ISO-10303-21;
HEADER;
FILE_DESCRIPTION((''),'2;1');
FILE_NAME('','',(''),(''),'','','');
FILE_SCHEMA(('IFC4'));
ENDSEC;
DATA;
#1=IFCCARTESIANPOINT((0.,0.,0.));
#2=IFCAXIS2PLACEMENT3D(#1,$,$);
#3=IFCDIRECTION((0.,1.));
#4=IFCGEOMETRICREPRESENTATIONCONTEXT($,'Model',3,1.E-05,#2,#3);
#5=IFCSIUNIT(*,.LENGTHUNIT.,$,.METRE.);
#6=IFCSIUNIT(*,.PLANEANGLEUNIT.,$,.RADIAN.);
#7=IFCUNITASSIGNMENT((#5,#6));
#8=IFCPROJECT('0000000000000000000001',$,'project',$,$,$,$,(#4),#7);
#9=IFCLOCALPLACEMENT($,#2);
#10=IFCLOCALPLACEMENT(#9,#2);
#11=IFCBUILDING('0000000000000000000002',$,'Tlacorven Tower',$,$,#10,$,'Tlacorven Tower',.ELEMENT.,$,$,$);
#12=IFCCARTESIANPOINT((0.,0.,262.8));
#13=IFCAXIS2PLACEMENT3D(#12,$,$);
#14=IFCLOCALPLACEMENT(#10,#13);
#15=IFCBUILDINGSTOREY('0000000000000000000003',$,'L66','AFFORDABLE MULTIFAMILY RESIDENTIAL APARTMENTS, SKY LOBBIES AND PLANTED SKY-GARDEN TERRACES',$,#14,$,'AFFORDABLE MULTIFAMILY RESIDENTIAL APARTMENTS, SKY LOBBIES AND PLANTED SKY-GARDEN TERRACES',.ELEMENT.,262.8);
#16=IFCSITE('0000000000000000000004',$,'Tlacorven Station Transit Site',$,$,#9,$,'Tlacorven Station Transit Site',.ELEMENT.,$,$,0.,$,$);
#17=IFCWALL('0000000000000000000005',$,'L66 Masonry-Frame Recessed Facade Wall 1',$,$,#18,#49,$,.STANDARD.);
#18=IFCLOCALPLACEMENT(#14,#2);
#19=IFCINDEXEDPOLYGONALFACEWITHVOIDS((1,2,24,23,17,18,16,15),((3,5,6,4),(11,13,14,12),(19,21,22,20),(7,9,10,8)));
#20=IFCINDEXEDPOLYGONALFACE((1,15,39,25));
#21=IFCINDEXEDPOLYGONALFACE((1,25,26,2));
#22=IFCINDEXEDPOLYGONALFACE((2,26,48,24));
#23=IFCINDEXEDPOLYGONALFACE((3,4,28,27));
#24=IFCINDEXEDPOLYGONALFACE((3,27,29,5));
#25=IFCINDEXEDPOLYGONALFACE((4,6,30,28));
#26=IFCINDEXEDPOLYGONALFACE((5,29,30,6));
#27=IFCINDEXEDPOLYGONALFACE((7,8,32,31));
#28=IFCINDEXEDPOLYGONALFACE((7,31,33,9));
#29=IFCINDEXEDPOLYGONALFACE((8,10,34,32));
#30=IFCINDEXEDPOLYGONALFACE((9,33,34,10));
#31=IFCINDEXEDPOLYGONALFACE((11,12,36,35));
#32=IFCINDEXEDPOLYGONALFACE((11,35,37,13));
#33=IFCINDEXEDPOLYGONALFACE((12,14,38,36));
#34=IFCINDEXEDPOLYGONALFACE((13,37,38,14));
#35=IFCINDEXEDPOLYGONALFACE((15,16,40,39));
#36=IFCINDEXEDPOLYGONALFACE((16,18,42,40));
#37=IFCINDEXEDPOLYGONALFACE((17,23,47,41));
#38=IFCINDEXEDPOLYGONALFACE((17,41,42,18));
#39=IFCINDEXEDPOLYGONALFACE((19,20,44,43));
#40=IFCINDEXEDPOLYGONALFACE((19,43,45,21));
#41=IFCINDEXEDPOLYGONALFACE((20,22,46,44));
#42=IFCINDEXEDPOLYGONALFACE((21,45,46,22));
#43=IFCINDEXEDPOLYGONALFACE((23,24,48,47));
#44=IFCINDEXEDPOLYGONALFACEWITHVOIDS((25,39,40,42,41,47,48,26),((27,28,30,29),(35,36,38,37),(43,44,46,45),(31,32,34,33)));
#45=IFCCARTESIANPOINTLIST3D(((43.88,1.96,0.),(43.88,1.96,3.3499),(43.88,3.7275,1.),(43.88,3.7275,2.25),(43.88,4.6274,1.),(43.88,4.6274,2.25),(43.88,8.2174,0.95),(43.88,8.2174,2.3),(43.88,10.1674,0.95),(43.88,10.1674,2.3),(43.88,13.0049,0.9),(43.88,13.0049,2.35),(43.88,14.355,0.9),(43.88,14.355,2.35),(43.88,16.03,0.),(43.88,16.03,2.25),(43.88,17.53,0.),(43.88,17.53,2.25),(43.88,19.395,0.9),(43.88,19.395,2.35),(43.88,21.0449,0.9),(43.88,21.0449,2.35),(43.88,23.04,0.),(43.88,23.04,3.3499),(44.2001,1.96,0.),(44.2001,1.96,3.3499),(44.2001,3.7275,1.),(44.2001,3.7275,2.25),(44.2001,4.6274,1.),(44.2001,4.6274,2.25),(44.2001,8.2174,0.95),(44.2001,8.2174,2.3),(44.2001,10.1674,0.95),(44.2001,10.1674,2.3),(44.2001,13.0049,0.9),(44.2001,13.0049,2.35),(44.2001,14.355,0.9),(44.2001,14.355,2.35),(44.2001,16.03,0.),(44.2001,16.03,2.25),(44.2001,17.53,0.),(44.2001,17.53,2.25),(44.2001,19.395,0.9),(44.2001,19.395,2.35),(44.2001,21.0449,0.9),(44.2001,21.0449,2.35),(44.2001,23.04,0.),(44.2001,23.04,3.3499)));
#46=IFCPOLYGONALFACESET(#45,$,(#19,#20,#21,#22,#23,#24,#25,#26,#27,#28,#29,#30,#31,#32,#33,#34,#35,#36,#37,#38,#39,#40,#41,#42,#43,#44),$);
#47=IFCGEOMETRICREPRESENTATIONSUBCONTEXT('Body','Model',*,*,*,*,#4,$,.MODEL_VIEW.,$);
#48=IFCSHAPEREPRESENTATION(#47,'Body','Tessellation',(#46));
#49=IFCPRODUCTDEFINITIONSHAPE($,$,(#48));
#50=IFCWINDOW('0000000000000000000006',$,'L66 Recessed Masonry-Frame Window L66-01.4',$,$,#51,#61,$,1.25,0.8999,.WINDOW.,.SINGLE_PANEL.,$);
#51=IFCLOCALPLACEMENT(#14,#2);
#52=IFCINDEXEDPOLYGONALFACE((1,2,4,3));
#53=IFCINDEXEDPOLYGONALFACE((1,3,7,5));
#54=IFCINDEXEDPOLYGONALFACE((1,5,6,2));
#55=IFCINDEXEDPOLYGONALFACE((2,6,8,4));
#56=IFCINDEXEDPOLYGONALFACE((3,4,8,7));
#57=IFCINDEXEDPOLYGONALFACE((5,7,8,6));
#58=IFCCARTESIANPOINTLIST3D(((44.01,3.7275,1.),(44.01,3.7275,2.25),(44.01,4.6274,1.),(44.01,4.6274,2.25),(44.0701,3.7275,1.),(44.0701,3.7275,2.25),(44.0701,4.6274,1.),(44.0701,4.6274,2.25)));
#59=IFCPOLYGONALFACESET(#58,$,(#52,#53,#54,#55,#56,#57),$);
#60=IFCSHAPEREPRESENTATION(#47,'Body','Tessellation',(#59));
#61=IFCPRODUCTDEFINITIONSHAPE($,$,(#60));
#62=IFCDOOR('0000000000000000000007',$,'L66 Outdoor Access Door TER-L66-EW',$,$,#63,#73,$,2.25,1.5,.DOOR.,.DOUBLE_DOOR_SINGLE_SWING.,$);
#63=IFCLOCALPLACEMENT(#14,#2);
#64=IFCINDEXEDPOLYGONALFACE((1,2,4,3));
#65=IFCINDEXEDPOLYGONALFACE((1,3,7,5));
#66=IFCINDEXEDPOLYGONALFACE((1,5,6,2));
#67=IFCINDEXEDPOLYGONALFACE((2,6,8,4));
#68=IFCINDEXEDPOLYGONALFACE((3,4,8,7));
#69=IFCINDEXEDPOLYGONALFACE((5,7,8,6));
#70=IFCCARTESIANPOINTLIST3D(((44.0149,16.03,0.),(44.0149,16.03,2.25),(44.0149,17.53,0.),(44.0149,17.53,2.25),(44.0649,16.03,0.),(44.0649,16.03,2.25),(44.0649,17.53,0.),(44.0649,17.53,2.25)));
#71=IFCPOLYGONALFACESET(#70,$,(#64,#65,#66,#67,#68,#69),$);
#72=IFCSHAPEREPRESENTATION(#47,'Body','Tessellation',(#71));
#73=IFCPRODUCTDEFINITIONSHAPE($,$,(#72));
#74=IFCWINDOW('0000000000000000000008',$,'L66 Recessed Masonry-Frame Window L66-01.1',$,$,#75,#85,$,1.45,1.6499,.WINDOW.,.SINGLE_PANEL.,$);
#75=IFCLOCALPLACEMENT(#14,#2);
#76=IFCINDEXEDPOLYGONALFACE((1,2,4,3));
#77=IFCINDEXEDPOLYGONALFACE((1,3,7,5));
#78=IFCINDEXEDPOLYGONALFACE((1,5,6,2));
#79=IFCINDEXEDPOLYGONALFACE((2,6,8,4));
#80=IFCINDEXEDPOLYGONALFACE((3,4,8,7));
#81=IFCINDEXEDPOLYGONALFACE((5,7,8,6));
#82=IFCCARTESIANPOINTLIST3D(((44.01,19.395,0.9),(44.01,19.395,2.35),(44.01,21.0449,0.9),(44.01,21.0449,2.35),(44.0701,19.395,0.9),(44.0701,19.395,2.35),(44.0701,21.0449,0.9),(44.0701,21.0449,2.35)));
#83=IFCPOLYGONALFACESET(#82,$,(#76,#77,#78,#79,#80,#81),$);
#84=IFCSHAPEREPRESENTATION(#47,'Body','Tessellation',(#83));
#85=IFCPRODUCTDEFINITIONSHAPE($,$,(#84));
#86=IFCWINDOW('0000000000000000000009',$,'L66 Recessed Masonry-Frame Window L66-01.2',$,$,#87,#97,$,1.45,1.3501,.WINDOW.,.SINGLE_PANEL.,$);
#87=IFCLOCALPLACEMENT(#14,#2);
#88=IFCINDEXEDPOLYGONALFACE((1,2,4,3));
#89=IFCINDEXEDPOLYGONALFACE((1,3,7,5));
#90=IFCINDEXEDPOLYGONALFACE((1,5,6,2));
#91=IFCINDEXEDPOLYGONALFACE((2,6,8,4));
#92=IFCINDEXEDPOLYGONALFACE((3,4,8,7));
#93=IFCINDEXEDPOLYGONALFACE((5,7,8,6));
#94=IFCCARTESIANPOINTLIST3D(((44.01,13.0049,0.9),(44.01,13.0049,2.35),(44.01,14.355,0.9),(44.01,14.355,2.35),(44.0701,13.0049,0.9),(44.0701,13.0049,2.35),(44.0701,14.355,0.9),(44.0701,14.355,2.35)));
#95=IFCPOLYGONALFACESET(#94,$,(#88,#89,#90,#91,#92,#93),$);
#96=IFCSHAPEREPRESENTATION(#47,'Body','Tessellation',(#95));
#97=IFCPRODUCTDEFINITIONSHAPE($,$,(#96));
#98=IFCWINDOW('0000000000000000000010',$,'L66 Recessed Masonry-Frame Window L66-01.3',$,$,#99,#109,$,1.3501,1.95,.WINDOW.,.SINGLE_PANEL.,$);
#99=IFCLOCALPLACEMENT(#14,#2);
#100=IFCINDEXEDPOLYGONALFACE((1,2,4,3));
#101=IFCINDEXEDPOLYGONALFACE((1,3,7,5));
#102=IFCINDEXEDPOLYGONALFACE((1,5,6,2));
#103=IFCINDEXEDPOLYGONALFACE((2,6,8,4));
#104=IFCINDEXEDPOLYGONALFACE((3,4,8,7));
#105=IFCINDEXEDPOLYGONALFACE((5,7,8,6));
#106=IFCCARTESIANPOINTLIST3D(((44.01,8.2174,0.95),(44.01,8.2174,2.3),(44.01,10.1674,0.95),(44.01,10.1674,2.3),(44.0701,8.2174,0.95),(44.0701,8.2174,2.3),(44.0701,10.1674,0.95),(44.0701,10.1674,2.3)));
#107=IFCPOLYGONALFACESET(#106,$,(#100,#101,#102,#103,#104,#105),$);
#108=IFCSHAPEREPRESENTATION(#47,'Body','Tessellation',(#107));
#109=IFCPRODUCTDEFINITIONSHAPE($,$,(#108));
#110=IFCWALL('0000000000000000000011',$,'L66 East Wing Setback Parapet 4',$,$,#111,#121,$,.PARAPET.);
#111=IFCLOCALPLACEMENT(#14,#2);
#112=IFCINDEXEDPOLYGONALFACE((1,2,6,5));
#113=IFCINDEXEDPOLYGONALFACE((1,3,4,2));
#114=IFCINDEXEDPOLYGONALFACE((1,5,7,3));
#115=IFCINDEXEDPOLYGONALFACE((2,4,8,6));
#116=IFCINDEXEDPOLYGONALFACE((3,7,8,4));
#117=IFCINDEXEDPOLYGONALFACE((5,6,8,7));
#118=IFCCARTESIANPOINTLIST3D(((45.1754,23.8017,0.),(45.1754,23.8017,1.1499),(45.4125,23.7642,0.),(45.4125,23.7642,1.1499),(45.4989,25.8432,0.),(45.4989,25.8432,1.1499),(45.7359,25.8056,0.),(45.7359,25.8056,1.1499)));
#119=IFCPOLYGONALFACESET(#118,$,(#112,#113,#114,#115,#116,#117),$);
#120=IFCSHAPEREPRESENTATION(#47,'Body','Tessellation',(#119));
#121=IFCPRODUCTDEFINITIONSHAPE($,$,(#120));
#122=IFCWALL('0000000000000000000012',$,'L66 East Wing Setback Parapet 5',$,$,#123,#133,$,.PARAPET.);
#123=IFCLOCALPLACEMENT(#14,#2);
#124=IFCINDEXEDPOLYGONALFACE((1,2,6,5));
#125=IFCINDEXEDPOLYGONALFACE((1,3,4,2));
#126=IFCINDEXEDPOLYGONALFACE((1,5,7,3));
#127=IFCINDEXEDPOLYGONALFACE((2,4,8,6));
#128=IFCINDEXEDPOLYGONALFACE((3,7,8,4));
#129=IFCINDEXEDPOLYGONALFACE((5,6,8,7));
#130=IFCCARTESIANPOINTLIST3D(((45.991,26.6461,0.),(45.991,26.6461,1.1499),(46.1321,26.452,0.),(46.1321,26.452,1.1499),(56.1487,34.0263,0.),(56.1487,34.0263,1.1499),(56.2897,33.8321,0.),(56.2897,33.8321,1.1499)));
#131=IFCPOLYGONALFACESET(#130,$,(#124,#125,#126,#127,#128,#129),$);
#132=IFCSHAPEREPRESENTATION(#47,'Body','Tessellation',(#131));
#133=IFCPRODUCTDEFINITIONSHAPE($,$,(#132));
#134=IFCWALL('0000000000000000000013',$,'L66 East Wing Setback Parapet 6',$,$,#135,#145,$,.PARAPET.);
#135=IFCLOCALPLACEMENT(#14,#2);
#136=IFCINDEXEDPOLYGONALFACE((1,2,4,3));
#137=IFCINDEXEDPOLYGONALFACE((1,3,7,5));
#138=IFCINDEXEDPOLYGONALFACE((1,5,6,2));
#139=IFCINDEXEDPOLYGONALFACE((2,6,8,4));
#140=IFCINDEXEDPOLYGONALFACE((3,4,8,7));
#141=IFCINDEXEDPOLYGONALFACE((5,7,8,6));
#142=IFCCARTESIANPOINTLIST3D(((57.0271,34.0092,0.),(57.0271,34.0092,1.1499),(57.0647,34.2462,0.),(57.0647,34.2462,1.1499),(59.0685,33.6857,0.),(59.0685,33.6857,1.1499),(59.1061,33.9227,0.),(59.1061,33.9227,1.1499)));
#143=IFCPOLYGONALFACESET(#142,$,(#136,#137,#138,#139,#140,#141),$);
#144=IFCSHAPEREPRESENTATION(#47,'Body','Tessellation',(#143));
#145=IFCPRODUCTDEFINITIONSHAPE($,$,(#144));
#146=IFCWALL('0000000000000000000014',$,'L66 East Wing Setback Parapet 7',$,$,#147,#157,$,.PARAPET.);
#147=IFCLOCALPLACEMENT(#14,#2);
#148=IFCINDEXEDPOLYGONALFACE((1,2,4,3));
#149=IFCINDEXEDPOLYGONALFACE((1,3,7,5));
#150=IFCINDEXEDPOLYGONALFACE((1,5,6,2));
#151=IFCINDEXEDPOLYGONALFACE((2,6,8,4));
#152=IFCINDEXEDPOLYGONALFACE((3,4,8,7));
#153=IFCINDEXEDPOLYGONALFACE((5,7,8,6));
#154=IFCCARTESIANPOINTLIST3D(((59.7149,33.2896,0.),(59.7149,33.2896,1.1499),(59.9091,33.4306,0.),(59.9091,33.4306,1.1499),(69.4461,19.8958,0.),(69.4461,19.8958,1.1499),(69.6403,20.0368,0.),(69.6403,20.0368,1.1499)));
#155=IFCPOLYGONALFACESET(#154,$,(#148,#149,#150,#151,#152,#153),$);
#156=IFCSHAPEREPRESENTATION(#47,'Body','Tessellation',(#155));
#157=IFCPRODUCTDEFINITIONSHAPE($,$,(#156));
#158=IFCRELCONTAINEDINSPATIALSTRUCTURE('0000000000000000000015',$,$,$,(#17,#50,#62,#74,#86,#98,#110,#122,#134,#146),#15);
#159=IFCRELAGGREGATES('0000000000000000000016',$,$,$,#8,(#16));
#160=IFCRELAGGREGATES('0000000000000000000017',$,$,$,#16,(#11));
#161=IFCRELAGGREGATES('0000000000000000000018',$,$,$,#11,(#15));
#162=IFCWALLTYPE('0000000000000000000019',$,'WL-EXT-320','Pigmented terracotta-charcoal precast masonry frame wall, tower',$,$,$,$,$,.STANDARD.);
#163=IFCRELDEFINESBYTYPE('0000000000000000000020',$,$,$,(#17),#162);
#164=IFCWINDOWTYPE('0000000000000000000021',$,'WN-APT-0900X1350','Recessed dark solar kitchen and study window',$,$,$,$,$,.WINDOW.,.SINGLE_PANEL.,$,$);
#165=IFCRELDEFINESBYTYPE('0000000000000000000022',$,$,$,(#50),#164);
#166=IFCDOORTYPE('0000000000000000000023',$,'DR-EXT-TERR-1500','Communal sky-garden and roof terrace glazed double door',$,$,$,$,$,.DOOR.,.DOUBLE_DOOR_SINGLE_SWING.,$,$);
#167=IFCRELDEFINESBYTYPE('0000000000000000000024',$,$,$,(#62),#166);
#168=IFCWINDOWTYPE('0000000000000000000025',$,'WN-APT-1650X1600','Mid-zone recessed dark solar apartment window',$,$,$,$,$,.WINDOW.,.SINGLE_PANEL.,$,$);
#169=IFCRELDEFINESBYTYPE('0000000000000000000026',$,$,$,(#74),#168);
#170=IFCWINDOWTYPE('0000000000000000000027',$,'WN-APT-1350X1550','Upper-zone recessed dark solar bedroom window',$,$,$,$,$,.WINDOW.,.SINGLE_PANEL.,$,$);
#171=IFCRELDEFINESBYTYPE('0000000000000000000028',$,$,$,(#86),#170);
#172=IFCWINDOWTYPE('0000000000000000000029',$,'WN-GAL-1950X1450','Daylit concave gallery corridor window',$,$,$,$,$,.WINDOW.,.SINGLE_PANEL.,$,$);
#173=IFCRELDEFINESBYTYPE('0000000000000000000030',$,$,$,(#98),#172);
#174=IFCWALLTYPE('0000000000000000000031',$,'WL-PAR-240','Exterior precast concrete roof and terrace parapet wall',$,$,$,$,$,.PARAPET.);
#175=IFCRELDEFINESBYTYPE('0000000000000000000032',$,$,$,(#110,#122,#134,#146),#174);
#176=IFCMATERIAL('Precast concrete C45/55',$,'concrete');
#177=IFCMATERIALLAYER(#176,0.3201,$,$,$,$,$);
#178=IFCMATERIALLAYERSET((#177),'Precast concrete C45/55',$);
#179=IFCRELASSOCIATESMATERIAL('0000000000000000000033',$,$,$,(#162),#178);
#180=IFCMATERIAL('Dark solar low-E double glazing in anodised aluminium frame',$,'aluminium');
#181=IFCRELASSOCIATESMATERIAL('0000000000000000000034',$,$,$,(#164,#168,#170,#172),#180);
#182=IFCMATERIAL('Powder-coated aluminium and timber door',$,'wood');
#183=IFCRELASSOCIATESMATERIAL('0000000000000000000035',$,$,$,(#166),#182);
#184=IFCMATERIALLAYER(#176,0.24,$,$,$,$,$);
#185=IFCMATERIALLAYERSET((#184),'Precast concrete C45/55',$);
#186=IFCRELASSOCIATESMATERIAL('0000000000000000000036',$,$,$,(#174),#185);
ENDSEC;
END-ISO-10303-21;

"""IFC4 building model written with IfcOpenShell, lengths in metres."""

from ifc_helpers import new_model, si_unit, direction, frame, frame_2d, origin, place, context, subcontext, project, spatial, rectangle, extrude, source, transform, mapped, material, layer, layer_set, type_object, element, fill, save


model = new_model("IFC4")

# Units and contexts
model_context = context("Model", 3, precision=1e-05, world=origin(), true_north=direction((0.0, 1.0)))
body_context = subcontext(model_context, "Body", "Model", "MODEL_VIEW")
ifc_project = project(units=[si_unit("LENGTHUNIT", "METRE"), si_unit("PLANEANGLEUNIT", "RADIAN")], contexts=[model_context])

# Site, building, storey
site_placement = place(None, origin())
site = spatial("IfcSite", under=ifc_project, at=site_placement, Name="Tlacorven Station Transit Site", LongName="Tlacorven Station Transit Site", CompositionType="ELEMENT", RefElevation=0.0)
building_placement = place(site_placement, origin())
building = spatial("IfcBuilding", under=site, at=building_placement, Name="Tlacorven Tower", LongName="Tlacorven Tower", CompositionType="ELEMENT")
storey_placement = place(building_placement, frame((0.0, 0.0, 262.8)))
storey = spatial("IfcBuildingStorey", under=building, at=storey_placement, Name="L66", Description="AFFORDABLE MULTIFAMILY RESIDENTIAL APARTMENTS, SKY LOBBIES AND PLANTED SKY-GARDEN TERRACES", LongName="AFFORDABLE MULTIFAMILY RESIDENTIAL APARTMENTS, SKY LOBBIES AND PLANTED SKY-GARDEN TERRACES", CompositionType="ELEMENT", Elevation=262.8)

# Wall, openings, windows, door
ifc_material_1 = material(Name="Precast concrete C45/55", Category="concrete")
ifc_layer_1 = layer(ifc_material_1, 0.3201)
ifc_layer_set_1 = layer_set([ifc_layer_1], Name="Precast concrete C45/55")
wall_type_1 = type_object("IfcWallType", Name="WL-EXT-320", Description="Pigmented terracotta-charcoal precast masonry frame wall, tower", PredefinedType="STANDARD", material=ifc_layer_set_1)
wall_1_placement = place(storey_placement, frame((44.04, 23.04, 0.0), z_axis=(0.0, 0.0, 1.0), x_axis=(0.0, -1.0, 0.0)))
wall_1 = element("IfcWall", 1, at=wall_1_placement, inside=storey, type_object=wall_type_1, Name="L66 Masonry-Frame Recessed Facade Wall 1", PredefinedType="STANDARD", context=body_context, shape_type="SweptSolid", body=[
    extrude(rectangle(XDim=21.0801, YDim=0.3201, at=frame_2d((10.54, 0.0))), origin(), (0.0, 0.0, 1.0), 3.3499),
])
opening_1_placement = place(wall_1_placement, frame((5.51, 0.0, 0.0)))
opening_1 = element("IfcOpeningElement", 2, at=opening_1_placement, cuts=wall_1, PredefinedType="OPENING", context=body_context, shape_type="SweptSolid", body=[
    extrude(rectangle(XDim=1.5, YDim=2.25, at=frame_2d((0.75, 1.125))), frame((0.0, 0.1699, 0.0), z_axis=(0.0, -1.0, 0.0), x_axis=(1.0, 0.0, 0.0)), (0.0, 0.0, 1.0), 0.3401),
])
opening_2_placement = place(wall_1_placement, frame((1.9951, 0.0, 0.8999)))
opening_2 = element("IfcOpeningElement", 3, at=opening_2_placement, cuts=wall_1, PredefinedType="OPENING", context=body_context, shape_type="SweptSolid", body=[
    extrude(rectangle(XDim=1.6499, YDim=1.45, at=frame_2d((0.825, 0.7251))), frame((0.0, 0.1699, 0.0), z_axis=(0.0, -1.0, 0.0), x_axis=(1.0, 0.0, 0.0)), (0.0, 0.0, 1.0), 0.3401),
])
opening_3_placement = place(wall_1_placement, frame((8.6851, 0.0, 0.8999)))
opening_3 = element("IfcOpeningElement", 4, at=opening_3_placement, cuts=wall_1, PredefinedType="OPENING", context=body_context, shape_type="SweptSolid", body=[
    extrude(rectangle(XDim=1.3501, YDim=1.45, at=frame_2d((0.675, 0.7251))), frame((0.0, 0.1699, 0.0), z_axis=(0.0, -1.0, 0.0), x_axis=(1.0, 0.0, 0.0)), (0.0, 0.0, 1.0), 0.3401),
])
opening_4_placement = place(wall_1_placement, frame((12.8726, 0.0, 0.95)))
opening_4 = element("IfcOpeningElement", 5, at=opening_4_placement, cuts=wall_1, PredefinedType="OPENING", context=body_context, shape_type="SweptSolid", body=[
    extrude(rectangle(XDim=1.95, YDim=1.3501, at=frame_2d((0.9751, 0.675))), frame((0.0, 0.1699, 0.0), z_axis=(0.0, -1.0, 0.0), x_axis=(1.0, 0.0, 0.0)), (0.0, 0.0, 1.0), 0.3401),
])
opening_5_placement = place(wall_1_placement, frame((18.4126, 0.0, 1.0)))
opening_5 = element("IfcOpeningElement", 6, at=opening_5_placement, cuts=wall_1, PredefinedType="OPENING", context=body_context, shape_type="SweptSolid", body=[
    extrude(rectangle(XDim=0.8999, YDim=1.25, at=frame_2d((0.45, 0.625))), frame((0.0, 0.1699, 0.0), z_axis=(0.0, -1.0, 0.0), x_axis=(1.0, 0.0, 0.0)), (0.0, 0.0, 1.0), 0.3401),
])
ifc_material_2 = material(Name="Dark solar low-E double glazing in anodised aluminium frame", Category="aluminium")
window_type_1 = type_object("IfcWindowType", Name="WN-APT-0900X1350", Description="Recessed dark solar kitchen and study window", PartitioningType="SINGLE_PANEL", PredefinedType="WINDOW", material=ifc_material_2)
shared_shape_1 = source(origin(), body_context, "Body", "SweptSolid", [
    extrude(rectangle(XDim=0.8999, YDim=1.25, at=frame_2d((0.45, 0.625))), frame((0.0, 0.03, 0.0), z_axis=(0.0, -1.0, 0.0), x_axis=(1.0, 0.0, 0.0)), (0.0, 0.0, 1.0), 0.0601),
])
window_1_placement = place(opening_5_placement, origin())
window_1 = element("IfcWindow", 7, at=window_1_placement, inside=storey, type_object=window_type_1, Name="L66 Recessed Masonry-Frame Window L66-01.4", OverallHeight=1.25, OverallWidth=0.8999, PartitioningType="SINGLE_PANEL", PredefinedType="WINDOW", context=body_context, shape_type="MappedRepresentation", body=[
    mapped(shared_shape_1, transform((0.0, 0.0, 0.0), scale=1.0)),
])
fill(opening_5, window_1)
ifc_material_3 = material(Name="Powder-coated aluminium and timber door", Category="wood")
door_type = type_object("IfcDoorType", Name="DR-EXT-TERR-1500", Description="Communal sky-garden and roof terrace glazed double door", OperationType="DOUBLE_DOOR_SINGLE_SWING", PredefinedType="DOOR", material=ifc_material_3)
shared_shape_2 = source(origin(), body_context, "Body", "SweptSolid", [
    extrude(rectangle(XDim=1.5, YDim=2.25, at=frame_2d((0.75, 1.125))), frame((0.0, 0.0249, 0.0), z_axis=(0.0, -1.0, 0.0), x_axis=(1.0, 0.0, 0.0)), (0.0, 0.0, 1.0), 0.05),
])
door_placement = place(opening_1_placement, origin())
door = element("IfcDoor", 8, at=door_placement, inside=storey, type_object=door_type, Name="L66 Outdoor Access Door TER-L66-EW", OperationType="DOUBLE_DOOR_SINGLE_SWING", OverallHeight=2.25, OverallWidth=1.5, PredefinedType="DOOR", context=body_context, shape_type="MappedRepresentation", body=[
    mapped(shared_shape_2, transform((0.0, 0.0, 0.0), scale=1.0)),
])
fill(opening_1, door)
window_type_2 = type_object("IfcWindowType", Name="WN-APT-1650X1600", Description="Mid-zone recessed dark solar apartment window", PartitioningType="SINGLE_PANEL", PredefinedType="WINDOW", material=ifc_material_2)
shared_shape_3 = source(origin(), body_context, "Body", "SweptSolid", [
    extrude(rectangle(XDim=1.6499, YDim=1.45, at=frame_2d((0.825, 0.7251))), frame((0.0, 0.03, 0.0), z_axis=(0.0, -1.0, 0.0), x_axis=(1.0, 0.0, 0.0)), (0.0, 0.0, 1.0), 0.0601),
])
window_2_placement = place(opening_2_placement, origin())
window_2 = element("IfcWindow", 9, at=window_2_placement, inside=storey, type_object=window_type_2, Name="L66 Recessed Masonry-Frame Window L66-01.1", OverallHeight=1.45, OverallWidth=1.6499, PartitioningType="SINGLE_PANEL", PredefinedType="WINDOW", context=body_context, shape_type="MappedRepresentation", body=[
    mapped(shared_shape_3, transform((0.0, 0.0, 0.0), scale=1.0)),
])
fill(opening_2, window_2)
window_type_3 = type_object("IfcWindowType", Name="WN-APT-1350X1550", Description="Upper-zone recessed dark solar bedroom window", PartitioningType="SINGLE_PANEL", PredefinedType="WINDOW", material=ifc_material_2)
shared_shape_4 = source(origin(), body_context, "Body", "SweptSolid", [
    extrude(rectangle(XDim=1.3501, YDim=1.45, at=frame_2d((0.675, 0.7251))), frame((0.0, 0.03, 0.0), z_axis=(0.0, -1.0, 0.0), x_axis=(1.0, 0.0, 0.0)), (0.0, 0.0, 1.0), 0.0601),
])
window_3_placement = place(opening_3_placement, origin())
window_3 = element("IfcWindow", 10, at=window_3_placement, inside=storey, type_object=window_type_3, Name="L66 Recessed Masonry-Frame Window L66-01.2", OverallHeight=1.45, OverallWidth=1.3501, PartitioningType="SINGLE_PANEL", PredefinedType="WINDOW", context=body_context, shape_type="MappedRepresentation", body=[
    mapped(shared_shape_4, transform((0.0, 0.0, 0.0), scale=1.0)),
])
fill(opening_3, window_3)
window_type_4 = type_object("IfcWindowType", Name="WN-GAL-1950X1450", Description="Daylit concave gallery corridor window", PartitioningType="SINGLE_PANEL", PredefinedType="WINDOW", material=ifc_material_2)
shared_shape_5 = source(origin(), body_context, "Body", "SweptSolid", [
    extrude(rectangle(XDim=1.95, YDim=1.3501, at=frame_2d((0.9751, 0.675))), frame((0.0, 0.03, 0.0), z_axis=(0.0, -1.0, 0.0), x_axis=(1.0, 0.0, 0.0)), (0.0, 0.0, 1.0), 0.0601),
])
window_4_placement = place(opening_4_placement, origin())
window_4 = element("IfcWindow", 11, at=window_4_placement, inside=storey, type_object=window_type_4, Name="L66 Recessed Masonry-Frame Window L66-01.3", OverallHeight=1.3501, OverallWidth=1.95, PartitioningType="SINGLE_PANEL", PredefinedType="WINDOW", context=body_context, shape_type="MappedRepresentation", body=[
    mapped(shared_shape_5, transform((0.0, 0.0, 0.0), scale=1.0)),
])
fill(opening_4, window_4)

# Walls
ifc_layer_2 = layer(ifc_material_1, 0.24)
ifc_layer_set_2 = layer_set([ifc_layer_2], Name="Precast concrete C45/55")
wall_type_2 = type_object("IfcWallType", Name="WL-PAR-240", Description="Exterior precast concrete roof and terrace parapet wall", PredefinedType="PARAPET", material=ifc_layer_set_2)
wall_2_placement = place(storey_placement, frame((45.2939, 23.783, 0.0), z_axis=(0.0, 0.0, 1.0), x_axis=(0.156502, 0.987678, 0.0)))
element("IfcWall", 12, at=wall_2_placement, inside=storey, type_object=wall_type_2, Name="L66 East Wing Setback Parapet 4", PredefinedType="PARAPET", context=body_context, shape_type="SweptSolid", body=[
    extrude(rectangle(XDim=2.0669, YDim=0.24, at=frame_2d((1.0334, 0.0))), origin(), (0.0, 0.0, 1.0), 1.1499),
])
wall_3_placement = place(storey_placement, frame((46.0615, 26.5491, 0.0), z_axis=(0.0, 0.0, 1.0), x_axis=(0.809013, 0.587791, 0.0)))
element("IfcWall", 13, at=wall_3_placement, inside=storey, type_object=wall_type_2, Name="L66 East Wing Setback Parapet 5", PredefinedType="PARAPET", context=body_context, shape_type="SweptSolid", body=[
    extrude(rectangle(XDim=12.5557, YDim=0.24, at=frame_2d((6.2778, 0.0))), origin(), (0.0, 0.0, 1.0), 1.1499),
])
wall_4_placement = place(storey_placement, frame((57.0459, 34.1277, 0.0), z_axis=(0.0, 0.0, 1.0), x_axis=(0.987678, -0.156502, 0.0)))
element("IfcWall", 14, at=wall_4_placement, inside=storey, type_object=wall_type_2, Name="L66 East Wing Setback Parapet 6", PredefinedType="PARAPET", context=body_context, shape_type="SweptSolid", body=[
    extrude(rectangle(XDim=2.0669, YDim=0.24, at=frame_2d((1.0334, 0.0))), origin(), (0.0, 0.0, 1.0), 1.1499),
])
wall_5_placement = place(storey_placement, frame((59.812, 33.3601, 0.0), z_axis=(0.0, 0.0, 1.0), x_axis=(0.587787, -0.809016, 0.0)))
element("IfcWall", 15, at=wall_5_placement, inside=storey, type_object=wall_type_2, Name="L66 East Wing Setback Parapet 7", PredefinedType="PARAPET", context=body_context, shape_type="SweptSolid", body=[
    extrude(rectangle(XDim=16.5557, YDim=0.24, at=frame_2d((8.2778, 0.0))), origin(), (0.0, 0.0, 1.0), 1.1499),
])

save(model, "model.ifc")
